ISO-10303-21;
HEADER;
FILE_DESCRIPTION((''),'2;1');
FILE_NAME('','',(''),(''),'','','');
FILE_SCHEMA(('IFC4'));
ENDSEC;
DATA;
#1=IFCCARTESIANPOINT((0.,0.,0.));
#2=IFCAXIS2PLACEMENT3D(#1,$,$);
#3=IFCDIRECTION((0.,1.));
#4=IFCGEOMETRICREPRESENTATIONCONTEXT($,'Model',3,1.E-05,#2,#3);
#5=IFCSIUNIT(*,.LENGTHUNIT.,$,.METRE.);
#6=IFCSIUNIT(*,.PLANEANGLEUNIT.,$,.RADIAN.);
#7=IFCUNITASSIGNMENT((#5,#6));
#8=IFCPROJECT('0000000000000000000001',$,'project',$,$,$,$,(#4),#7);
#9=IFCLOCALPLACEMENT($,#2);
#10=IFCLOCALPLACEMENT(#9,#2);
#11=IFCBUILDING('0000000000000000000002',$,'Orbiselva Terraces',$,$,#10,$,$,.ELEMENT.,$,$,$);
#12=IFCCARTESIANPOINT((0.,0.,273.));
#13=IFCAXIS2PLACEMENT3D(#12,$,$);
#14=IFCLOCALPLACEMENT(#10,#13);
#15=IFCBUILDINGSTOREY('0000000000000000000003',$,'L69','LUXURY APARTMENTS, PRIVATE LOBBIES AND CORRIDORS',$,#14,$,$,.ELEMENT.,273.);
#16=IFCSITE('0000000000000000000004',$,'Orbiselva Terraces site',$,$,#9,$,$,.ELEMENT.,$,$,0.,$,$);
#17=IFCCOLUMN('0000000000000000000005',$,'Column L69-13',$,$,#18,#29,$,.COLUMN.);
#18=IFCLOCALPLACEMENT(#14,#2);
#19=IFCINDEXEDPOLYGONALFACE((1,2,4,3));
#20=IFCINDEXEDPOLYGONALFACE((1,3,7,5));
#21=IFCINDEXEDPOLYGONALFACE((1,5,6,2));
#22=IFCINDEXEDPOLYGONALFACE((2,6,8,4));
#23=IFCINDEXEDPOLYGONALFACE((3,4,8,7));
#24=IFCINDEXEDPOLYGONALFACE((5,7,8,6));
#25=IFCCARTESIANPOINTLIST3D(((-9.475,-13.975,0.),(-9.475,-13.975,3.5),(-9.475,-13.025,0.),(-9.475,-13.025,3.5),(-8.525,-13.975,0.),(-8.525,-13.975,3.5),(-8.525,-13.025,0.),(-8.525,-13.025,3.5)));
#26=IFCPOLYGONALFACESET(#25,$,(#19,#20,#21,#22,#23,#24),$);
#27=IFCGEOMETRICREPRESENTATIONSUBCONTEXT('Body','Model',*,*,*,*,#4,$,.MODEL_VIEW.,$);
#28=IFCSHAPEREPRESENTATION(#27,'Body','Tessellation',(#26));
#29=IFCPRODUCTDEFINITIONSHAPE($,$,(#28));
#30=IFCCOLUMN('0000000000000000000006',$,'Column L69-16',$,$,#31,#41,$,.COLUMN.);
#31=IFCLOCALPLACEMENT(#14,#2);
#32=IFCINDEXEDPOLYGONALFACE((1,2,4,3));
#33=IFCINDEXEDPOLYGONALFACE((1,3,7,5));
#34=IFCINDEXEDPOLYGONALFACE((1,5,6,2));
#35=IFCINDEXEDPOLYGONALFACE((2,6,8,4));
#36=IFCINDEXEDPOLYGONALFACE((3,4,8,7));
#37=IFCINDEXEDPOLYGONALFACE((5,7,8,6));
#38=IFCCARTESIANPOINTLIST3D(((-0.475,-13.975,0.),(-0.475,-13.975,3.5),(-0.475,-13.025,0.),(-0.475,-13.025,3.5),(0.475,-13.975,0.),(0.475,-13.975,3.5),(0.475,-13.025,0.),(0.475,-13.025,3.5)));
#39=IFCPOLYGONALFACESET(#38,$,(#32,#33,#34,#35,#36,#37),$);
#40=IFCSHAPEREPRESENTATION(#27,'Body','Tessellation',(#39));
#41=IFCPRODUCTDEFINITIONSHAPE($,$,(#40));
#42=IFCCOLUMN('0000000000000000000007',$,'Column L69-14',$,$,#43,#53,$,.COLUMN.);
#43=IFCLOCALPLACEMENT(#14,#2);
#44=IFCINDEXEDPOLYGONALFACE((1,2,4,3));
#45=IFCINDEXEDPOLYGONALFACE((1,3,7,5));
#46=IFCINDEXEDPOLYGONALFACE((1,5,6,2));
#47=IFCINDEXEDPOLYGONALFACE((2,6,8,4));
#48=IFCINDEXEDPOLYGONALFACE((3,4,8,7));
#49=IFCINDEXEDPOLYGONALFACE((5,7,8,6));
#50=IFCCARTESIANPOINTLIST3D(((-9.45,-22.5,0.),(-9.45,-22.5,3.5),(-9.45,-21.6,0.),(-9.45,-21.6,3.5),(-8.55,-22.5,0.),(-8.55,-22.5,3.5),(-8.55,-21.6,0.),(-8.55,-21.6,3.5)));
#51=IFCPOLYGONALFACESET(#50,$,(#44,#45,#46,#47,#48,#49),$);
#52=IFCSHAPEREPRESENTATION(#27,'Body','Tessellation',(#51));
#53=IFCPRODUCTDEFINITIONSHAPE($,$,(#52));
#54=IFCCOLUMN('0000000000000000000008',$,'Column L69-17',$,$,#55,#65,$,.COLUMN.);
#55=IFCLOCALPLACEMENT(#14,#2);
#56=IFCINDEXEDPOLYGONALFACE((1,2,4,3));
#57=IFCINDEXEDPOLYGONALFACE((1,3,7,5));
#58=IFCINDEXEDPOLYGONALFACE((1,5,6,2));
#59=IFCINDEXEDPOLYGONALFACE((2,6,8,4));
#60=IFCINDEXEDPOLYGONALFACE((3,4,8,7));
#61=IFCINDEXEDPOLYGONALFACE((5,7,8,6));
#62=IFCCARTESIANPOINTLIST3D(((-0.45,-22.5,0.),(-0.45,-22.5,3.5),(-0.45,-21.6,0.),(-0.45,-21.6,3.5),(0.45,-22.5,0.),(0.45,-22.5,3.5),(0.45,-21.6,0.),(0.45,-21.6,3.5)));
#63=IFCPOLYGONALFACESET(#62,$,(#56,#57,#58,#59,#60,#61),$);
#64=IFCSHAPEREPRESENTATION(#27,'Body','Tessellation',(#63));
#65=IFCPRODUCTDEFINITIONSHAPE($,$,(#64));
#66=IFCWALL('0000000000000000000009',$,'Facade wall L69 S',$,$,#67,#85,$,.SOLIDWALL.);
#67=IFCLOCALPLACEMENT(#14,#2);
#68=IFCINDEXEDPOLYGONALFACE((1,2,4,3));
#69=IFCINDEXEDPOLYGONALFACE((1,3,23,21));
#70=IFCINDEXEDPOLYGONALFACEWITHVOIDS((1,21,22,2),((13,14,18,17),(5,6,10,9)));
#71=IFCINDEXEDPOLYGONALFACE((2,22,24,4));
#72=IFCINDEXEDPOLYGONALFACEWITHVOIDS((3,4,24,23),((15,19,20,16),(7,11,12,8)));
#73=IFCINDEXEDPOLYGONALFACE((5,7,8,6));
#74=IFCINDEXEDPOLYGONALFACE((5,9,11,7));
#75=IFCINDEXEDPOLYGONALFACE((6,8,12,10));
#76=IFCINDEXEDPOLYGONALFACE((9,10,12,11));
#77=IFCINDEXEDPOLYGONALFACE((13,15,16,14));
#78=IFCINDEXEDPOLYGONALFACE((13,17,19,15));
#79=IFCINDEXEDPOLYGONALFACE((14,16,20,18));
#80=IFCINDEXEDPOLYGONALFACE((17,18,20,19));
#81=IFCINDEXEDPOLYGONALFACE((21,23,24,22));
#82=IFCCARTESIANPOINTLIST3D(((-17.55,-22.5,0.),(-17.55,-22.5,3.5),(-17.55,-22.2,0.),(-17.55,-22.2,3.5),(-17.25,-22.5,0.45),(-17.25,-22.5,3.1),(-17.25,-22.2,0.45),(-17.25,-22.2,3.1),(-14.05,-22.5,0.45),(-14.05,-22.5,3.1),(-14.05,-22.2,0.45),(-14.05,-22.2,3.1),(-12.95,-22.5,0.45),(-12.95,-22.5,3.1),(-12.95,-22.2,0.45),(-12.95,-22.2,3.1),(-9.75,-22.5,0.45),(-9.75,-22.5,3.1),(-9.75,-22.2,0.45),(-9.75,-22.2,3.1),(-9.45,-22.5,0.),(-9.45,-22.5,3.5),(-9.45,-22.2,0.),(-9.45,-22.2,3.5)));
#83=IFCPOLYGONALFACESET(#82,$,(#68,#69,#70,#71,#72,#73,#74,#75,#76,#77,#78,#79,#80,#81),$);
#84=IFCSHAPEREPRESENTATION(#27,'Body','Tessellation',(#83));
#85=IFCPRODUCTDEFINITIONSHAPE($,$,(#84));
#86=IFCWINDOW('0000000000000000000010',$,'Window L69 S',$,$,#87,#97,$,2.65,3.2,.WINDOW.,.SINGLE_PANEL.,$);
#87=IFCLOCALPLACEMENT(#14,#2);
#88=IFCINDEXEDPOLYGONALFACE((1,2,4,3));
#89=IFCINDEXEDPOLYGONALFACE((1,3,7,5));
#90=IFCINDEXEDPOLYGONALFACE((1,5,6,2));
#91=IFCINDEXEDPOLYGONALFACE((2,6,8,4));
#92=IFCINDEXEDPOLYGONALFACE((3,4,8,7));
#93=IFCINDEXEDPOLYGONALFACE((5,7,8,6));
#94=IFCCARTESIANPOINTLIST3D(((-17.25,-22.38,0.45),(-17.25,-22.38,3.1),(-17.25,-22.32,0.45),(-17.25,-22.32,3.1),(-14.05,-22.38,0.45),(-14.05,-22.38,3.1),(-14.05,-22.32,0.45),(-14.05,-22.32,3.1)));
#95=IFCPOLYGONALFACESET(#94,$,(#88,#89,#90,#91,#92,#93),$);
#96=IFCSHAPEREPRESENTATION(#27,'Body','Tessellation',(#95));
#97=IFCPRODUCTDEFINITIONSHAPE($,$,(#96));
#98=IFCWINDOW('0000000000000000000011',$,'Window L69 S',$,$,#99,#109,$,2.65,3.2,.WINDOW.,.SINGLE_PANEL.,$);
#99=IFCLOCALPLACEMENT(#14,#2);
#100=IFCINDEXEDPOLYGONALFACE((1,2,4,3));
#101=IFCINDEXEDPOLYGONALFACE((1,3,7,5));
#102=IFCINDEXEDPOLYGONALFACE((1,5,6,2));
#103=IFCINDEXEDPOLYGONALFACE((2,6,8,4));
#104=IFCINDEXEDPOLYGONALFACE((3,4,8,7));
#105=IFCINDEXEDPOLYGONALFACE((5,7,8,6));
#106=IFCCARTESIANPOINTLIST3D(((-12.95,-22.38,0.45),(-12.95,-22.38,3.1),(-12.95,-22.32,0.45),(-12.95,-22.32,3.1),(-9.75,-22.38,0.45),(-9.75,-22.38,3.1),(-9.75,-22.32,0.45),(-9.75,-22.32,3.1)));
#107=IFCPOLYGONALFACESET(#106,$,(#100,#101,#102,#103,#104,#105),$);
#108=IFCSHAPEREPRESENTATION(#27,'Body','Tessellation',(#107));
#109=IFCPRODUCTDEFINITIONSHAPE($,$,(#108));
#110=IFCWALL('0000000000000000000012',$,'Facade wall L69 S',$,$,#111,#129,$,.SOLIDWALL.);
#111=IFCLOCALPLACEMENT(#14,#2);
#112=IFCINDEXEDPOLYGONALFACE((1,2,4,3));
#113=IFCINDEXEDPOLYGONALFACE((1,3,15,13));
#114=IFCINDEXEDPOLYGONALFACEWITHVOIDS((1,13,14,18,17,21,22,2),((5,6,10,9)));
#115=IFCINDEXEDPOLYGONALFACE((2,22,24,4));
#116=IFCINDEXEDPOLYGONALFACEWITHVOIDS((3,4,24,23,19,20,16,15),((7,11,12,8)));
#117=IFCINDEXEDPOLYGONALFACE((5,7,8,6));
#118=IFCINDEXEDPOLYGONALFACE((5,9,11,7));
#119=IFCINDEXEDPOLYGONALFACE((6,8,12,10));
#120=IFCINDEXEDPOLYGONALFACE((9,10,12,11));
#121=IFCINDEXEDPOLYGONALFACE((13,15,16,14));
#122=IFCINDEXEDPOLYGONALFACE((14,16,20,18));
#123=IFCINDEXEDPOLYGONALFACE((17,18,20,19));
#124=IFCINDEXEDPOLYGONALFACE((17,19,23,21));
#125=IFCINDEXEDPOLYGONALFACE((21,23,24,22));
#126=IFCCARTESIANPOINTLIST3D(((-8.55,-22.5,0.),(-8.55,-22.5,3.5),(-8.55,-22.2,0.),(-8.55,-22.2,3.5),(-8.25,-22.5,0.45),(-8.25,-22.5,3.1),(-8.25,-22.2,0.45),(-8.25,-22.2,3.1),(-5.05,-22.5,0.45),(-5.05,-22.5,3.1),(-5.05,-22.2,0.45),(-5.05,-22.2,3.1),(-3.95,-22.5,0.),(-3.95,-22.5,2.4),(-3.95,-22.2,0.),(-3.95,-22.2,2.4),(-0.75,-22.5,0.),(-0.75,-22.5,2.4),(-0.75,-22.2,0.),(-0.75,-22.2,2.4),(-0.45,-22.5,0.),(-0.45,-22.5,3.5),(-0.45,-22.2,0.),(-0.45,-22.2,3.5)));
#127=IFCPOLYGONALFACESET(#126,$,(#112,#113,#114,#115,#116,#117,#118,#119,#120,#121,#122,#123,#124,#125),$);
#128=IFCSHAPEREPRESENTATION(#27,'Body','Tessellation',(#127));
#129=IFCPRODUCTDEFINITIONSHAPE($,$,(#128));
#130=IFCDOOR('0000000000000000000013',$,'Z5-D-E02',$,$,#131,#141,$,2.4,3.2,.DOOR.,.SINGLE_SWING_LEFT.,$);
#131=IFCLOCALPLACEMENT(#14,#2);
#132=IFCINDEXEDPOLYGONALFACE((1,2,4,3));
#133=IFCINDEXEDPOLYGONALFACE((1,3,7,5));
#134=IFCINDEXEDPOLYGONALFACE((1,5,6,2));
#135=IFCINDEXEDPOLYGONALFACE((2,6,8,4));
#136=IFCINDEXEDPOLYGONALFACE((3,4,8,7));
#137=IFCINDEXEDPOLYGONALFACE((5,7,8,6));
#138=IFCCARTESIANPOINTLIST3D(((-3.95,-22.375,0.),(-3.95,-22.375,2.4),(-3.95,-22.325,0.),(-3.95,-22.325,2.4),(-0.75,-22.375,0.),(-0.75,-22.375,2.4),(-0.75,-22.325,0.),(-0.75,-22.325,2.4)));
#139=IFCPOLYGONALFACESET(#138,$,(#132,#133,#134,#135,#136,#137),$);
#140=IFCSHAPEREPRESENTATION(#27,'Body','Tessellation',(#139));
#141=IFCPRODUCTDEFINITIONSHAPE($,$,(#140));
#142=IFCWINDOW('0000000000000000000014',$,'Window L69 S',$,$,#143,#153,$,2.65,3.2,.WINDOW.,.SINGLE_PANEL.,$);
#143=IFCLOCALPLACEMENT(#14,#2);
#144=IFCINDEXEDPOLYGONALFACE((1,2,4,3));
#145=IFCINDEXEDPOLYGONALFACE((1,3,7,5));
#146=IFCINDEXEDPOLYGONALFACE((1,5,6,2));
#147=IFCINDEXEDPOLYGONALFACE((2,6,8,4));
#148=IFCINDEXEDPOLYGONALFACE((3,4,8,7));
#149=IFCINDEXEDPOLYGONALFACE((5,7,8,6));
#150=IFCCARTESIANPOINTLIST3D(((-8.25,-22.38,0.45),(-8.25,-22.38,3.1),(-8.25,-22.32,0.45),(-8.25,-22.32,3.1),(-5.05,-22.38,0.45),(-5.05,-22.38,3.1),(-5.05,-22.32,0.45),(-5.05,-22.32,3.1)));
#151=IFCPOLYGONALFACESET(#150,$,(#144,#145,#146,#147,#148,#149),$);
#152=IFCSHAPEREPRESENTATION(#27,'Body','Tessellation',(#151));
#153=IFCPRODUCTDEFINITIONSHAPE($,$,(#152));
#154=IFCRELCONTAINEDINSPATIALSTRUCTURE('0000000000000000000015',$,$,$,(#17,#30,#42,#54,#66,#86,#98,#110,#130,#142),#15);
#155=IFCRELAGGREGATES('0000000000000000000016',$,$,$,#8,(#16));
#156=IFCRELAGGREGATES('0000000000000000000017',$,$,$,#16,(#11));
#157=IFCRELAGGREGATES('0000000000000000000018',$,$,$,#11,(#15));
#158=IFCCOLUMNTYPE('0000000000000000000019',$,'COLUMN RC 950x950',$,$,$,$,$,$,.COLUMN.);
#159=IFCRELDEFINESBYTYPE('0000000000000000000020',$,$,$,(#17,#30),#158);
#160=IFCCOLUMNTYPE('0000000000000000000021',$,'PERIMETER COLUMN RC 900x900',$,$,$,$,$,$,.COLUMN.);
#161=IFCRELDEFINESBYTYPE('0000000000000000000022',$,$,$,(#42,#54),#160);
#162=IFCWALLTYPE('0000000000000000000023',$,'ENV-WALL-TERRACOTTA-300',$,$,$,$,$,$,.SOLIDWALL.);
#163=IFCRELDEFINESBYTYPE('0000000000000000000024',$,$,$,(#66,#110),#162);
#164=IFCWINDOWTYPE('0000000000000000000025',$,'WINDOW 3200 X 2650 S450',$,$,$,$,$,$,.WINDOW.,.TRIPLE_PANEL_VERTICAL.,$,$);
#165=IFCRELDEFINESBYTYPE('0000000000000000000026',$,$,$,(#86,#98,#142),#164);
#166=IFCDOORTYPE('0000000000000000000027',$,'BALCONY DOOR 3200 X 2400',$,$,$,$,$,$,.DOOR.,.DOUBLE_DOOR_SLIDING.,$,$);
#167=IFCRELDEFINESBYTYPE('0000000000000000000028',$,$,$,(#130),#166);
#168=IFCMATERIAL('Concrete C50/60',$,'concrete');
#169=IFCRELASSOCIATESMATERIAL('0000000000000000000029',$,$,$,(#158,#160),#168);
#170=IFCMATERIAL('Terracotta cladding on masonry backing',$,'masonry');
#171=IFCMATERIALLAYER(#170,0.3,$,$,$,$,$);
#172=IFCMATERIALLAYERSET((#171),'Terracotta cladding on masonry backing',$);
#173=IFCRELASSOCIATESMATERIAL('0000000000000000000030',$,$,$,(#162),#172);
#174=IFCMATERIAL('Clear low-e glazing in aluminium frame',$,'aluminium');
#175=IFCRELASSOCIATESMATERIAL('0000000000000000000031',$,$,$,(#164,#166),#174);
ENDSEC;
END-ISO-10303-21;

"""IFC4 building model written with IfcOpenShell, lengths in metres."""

from ifc_helpers import new_model, si_unit, direction, frame, frame_2d, origin, origin_2d, place, context, subcontext, project, spatial, rectangle, extrude, material, layer, layer_set, material_profile, profile_set, type_object, element, fill, save


model = new_model("IFC4")

# Units and contexts
model_context = context("Model", 3, precision=1e-05, world=origin(), true_north=direction((0.0, 1.0)))
body_context = subcontext(model_context, "Body", "Model", "MODEL_VIEW")
ifc_project = project(units=[si_unit("LENGTHUNIT", "METRE"), si_unit("PLANEANGLEUNIT", "RADIAN")], contexts=[model_context])

# Site, building, storey
site_placement = place(None, origin())
site = spatial("IfcSite", under=ifc_project, at=site_placement, Name="Orbiselva Terraces site", CompositionType="ELEMENT", RefElevation=0.0)
building_placement = place(site_placement, origin())
building = spatial("IfcBuilding", under=site, at=building_placement, Name="Orbiselva Terraces", CompositionType="ELEMENT")
storey_placement = place(building_placement, frame((0.0, 0.0, 273.0)))
storey = spatial("IfcBuildingStorey", under=building, at=storey_placement, Name="L69", Description="LUXURY APARTMENTS, PRIVATE LOBBIES AND CORRIDORS", CompositionType="ELEMENT", Elevation=273.0)

# Columns
ifc_material_1 = material(Name="Concrete C50/60", Category="concrete")
ifc_material_profile_1 = material_profile(ifc_material_1, rectangle(XDim=0.95, YDim=0.95, at=origin_2d()), Name="RC 950x950")
ifc_profile_set_1 = profile_set([ifc_material_profile_1], Name="Concrete C50/60")
column_type_1 = type_object("IfcColumnType", Name="COLUMN RC 950x950", PredefinedType="COLUMN", material=ifc_profile_set_1)
for number, where, z_axis, x_axis, name in (
    (1, (-9.0, -13.5, 0.0), (0.0, 0.0, 1.0), (1.0, 0.0, 0.0), "Column L69-13"),
    (2, (0.0, -13.5, 0.0), (0.0, 0.0, 1.0), (1.0, 0.0, 0.0), "Column L69-16"),
):
    element("IfcColumn", number, at=place(storey_placement, frame(where, z_axis=z_axis, x_axis=x_axis)), inside=storey, type_object=column_type_1, Name=name, PredefinedType="COLUMN", context=body_context, shape_type="SweptSolid", body=[
        extrude(rectangle(XDim=0.95, YDim=0.95, at=origin_2d()), origin(), (0.0, 0.0, 1.0), 3.5),
    ])
ifc_material_profile_2 = material_profile(ifc_material_1, rectangle(XDim=0.9, YDim=0.9, at=origin_2d()), Name="RC 900x900")
ifc_profile_set_2 = profile_set([ifc_material_profile_2], Name="Concrete C50/60")
column_type_2 = type_object("IfcColumnType", Name="PERIMETER COLUMN RC 900x900", PredefinedType="COLUMN", material=ifc_profile_set_2)
for number, where, z_axis, x_axis, name in (
    (3, (-9.0, -22.05, 0.0), (0.0, 0.0, 1.0), (1.0, 0.0, 0.0), "Column L69-14"),
    (4, (0.0, -22.05, 0.0), (0.0, 0.0, 1.0), (1.0, 0.0, 0.0), "Column L69-17"),
):
    element("IfcColumn", number, at=place(storey_placement, frame(where, z_axis=z_axis, x_axis=x_axis)), inside=storey, type_object=column_type_2, Name=name, PredefinedType="COLUMN", context=body_context, shape_type="SweptSolid", body=[
        extrude(rectangle(XDim=0.9, YDim=0.9, at=origin_2d()), origin(), (0.0, 0.0, 1.0), 3.5),
    ])

# Wall, openings, windows
ifc_material_2 = material(Name="Terracotta cladding on masonry backing", Category="masonry")
ifc_layer_1 = layer(ifc_material_2, 0.3)
ifc_layer_set_1 = layer_set([ifc_layer_1], Name="Terracotta cladding on masonry backing")
wall_type_1 = type_object("IfcWallType", Name="ENV-WALL-TERRACOTTA-300", PredefinedType="SOLIDWALL", material=ifc_layer_set_1)
wall_1_placement = place(storey_placement, frame((-9.45, -22.35, 0.0), z_axis=(0.0, 0.0, 1.0), x_axis=(-1.0, 0.0, 0.0)))
wall_1 = element("IfcWall", 5, at=wall_1_placement, inside=storey, type_object=wall_type_1, Name="Facade wall L69 S", PredefinedType="SOLIDWALL", context=body_context, shape_type="SweptSolid", body=[
    extrude(rectangle(XDim=8.1, YDim=0.3, at=frame_2d((4.05, 0.0))), origin(), (0.0, 0.0, 1.0), 3.5),
])
opening_1_placement = place(wall_1_placement, frame((4.6, 0.0, 0.45)))
opening_1 = element("IfcOpeningElement", 6, at=opening_1_placement, cuts=wall_1, PredefinedType="OPENING", context=body_context, shape_type="SweptSolid", body=[
    extrude(rectangle(XDim=3.2, YDim=2.65, at=frame_2d((1.6, 1.325))), frame((0.0, 0.16, 0.0), z_axis=(0.0, -1.0, 0.0), x_axis=(1.0, 0.0, 0.0)), (0.0, 0.0, 1.0), 0.32),
])
opening_2_placement = place(wall_1_placement, frame((0.3, 0.0, 0.45)))
opening_2 = element("IfcOpeningElement", 7, at=opening_2_placement, cuts=wall_1, PredefinedType="OPENING", context=body_context, shape_type="SweptSolid", body=[
    extrude(rectangle(XDim=3.2, YDim=2.65, at=frame_2d((1.6, 1.325))), frame((0.0, 0.16, 0.0), z_axis=(0.0, -1.0, 0.0), x_axis=(1.0, 0.0, 0.0)), (0.0, 0.0, 1.0), 0.32),
])
ifc_material_3 = material(Name="Clear low-e glazing in aluminium frame", Category="aluminium")
window_type = type_object("IfcWindowType", Name="WINDOW 3200 X 2650 S450", PartitioningType="TRIPLE_PANEL_VERTICAL", PredefinedType="WINDOW", material=ifc_material_3)
window_1_placement = place(opening_1_placement, origin())
window_1 = element("IfcWindow", 8, at=window_1_placement, inside=storey, type_object=window_type, Name="Window L69 S", OverallHeight=2.65, OverallWidth=3.2, PartitioningType="SINGLE_PANEL", PredefinedType="WINDOW", context=body_context, shape_type="SweptSolid", body=[
    extrude(rectangle(XDim=3.2, YDim=2.65, at=frame_2d((1.6, 1.325))), frame((0.0, 0.03, 0.0), z_axis=(0.0, -1.0, 0.0), x_axis=(1.0, 0.0, 0.0)), (0.0, 0.0, 1.0), 0.06),
])
fill(opening_1, window_1)
window_2_placement = place(opening_2_placement, origin())
window_2 = element("IfcWindow", 9, at=window_2_placement, inside=storey, type_object=window_type, Name="Window L69 S", OverallHeight=2.65, OverallWidth=3.2, PartitioningType="SINGLE_PANEL", PredefinedType="WINDOW", context=body_context, shape_type="SweptSolid", body=[
    extrude(rectangle(XDim=3.2, YDim=2.65, at=frame_2d((1.6, 1.325))), frame((0.0, 0.03, 0.0), z_axis=(0.0, -1.0, 0.0), x_axis=(1.0, 0.0, 0.0)), (0.0, 0.0, 1.0), 0.06),
])
fill(opening_2, window_2)

# Wall, openings, door, window
wall_2_placement = place(storey_placement, frame((-0.45, -22.35, 0.0), z_axis=(0.0, 0.0, 1.0), x_axis=(-1.0, 0.0, 0.0)))
wall_2 = element("IfcWall", 10, at=wall_2_placement, inside=storey, type_object=wall_type_1, Name="Facade wall L69 S", PredefinedType="SOLIDWALL", context=body_context, shape_type="SweptSolid", body=[
    extrude(rectangle(XDim=8.1, YDim=0.3, at=frame_2d((4.05, 0.0))), origin(), (0.0, 0.0, 1.0), 3.5),
])
opening_3_placement = place(wall_2_placement, frame((4.6, 0.0, 0.45)))
opening_3 = element("IfcOpeningElement", 11, at=opening_3_placement, cuts=wall_2, PredefinedType="OPENING", context=body_context, shape_type="SweptSolid", body=[
    extrude(rectangle(XDim=3.2, YDim=2.65, at=frame_2d((1.6, 1.325))), frame((0.0, 0.16, 0.0), z_axis=(0.0, -1.0, 0.0), x_axis=(1.0, 0.0, 0.0)), (0.0, 0.0, 1.0), 0.32),
])
opening_4_placement = place(wall_2_placement, frame((0.3, 0.0, 0.0)))
opening_4 = element("IfcOpeningElement", 12, at=opening_4_placement, cuts=wall_2, PredefinedType="OPENING", context=body_context, shape_type="SweptSolid", body=[
    extrude(rectangle(XDim=3.2, YDim=2.4, at=frame_2d((1.6, 1.2))), frame((0.0, 0.16, 0.0), z_axis=(0.0, -1.0, 0.0), x_axis=(1.0, 0.0, 0.0)), (0.0, 0.0, 1.0), 0.32),
])
door_type_1 = type_object("IfcDoorType", Name="BALCONY DOOR 3200 X 2400", OperationType="DOUBLE_DOOR_SLIDING", PredefinedType="DOOR", material=ifc_material_3)
door_1_placement = place(opening_4_placement, origin())
door_1 = element("IfcDoor", 13, at=door_1_placement, inside=storey, type_object=door_type_1, Name="Z5-D-E02", OperationType="SINGLE_SWING_LEFT", OverallHeight=2.4, OverallWidth=3.2, PredefinedType="DOOR", context=body_context, shape_type="SweptSolid", body=[
    extrude(rectangle(XDim=3.2, YDim=2.4, at=frame_2d((1.6, 1.2))), frame((0.0, 0.025, 0.0), z_axis=(0.0, -1.0, 0.0), x_axis=(1.0, 0.0, 0.0)), (0.0, 0.0, 1.0), 0.05),
])
fill(opening_4, door_1)
window_3_placement = place(opening_3_placement, origin())
window_3 = element("IfcWindow", 14, at=window_3_placement, inside=storey, type_object=window_type, Name="Window L69 S", OverallHeight=2.65, OverallWidth=3.2, PartitioningType="SINGLE_PANEL", PredefinedType="WINDOW", context=body_context, shape_type="SweptSolid", body=[
    extrude(rectangle(XDim=3.2, YDim=2.65, at=frame_2d((1.6, 1.325))), frame((0.0, 0.03, 0.0), z_axis=(0.0, -1.0, 0.0), x_axis=(1.0, 0.0, 0.0)), (0.0, 0.0, 1.0), 0.06),
])
fill(opening_3, window_3)

save(model, "model.ifc")
